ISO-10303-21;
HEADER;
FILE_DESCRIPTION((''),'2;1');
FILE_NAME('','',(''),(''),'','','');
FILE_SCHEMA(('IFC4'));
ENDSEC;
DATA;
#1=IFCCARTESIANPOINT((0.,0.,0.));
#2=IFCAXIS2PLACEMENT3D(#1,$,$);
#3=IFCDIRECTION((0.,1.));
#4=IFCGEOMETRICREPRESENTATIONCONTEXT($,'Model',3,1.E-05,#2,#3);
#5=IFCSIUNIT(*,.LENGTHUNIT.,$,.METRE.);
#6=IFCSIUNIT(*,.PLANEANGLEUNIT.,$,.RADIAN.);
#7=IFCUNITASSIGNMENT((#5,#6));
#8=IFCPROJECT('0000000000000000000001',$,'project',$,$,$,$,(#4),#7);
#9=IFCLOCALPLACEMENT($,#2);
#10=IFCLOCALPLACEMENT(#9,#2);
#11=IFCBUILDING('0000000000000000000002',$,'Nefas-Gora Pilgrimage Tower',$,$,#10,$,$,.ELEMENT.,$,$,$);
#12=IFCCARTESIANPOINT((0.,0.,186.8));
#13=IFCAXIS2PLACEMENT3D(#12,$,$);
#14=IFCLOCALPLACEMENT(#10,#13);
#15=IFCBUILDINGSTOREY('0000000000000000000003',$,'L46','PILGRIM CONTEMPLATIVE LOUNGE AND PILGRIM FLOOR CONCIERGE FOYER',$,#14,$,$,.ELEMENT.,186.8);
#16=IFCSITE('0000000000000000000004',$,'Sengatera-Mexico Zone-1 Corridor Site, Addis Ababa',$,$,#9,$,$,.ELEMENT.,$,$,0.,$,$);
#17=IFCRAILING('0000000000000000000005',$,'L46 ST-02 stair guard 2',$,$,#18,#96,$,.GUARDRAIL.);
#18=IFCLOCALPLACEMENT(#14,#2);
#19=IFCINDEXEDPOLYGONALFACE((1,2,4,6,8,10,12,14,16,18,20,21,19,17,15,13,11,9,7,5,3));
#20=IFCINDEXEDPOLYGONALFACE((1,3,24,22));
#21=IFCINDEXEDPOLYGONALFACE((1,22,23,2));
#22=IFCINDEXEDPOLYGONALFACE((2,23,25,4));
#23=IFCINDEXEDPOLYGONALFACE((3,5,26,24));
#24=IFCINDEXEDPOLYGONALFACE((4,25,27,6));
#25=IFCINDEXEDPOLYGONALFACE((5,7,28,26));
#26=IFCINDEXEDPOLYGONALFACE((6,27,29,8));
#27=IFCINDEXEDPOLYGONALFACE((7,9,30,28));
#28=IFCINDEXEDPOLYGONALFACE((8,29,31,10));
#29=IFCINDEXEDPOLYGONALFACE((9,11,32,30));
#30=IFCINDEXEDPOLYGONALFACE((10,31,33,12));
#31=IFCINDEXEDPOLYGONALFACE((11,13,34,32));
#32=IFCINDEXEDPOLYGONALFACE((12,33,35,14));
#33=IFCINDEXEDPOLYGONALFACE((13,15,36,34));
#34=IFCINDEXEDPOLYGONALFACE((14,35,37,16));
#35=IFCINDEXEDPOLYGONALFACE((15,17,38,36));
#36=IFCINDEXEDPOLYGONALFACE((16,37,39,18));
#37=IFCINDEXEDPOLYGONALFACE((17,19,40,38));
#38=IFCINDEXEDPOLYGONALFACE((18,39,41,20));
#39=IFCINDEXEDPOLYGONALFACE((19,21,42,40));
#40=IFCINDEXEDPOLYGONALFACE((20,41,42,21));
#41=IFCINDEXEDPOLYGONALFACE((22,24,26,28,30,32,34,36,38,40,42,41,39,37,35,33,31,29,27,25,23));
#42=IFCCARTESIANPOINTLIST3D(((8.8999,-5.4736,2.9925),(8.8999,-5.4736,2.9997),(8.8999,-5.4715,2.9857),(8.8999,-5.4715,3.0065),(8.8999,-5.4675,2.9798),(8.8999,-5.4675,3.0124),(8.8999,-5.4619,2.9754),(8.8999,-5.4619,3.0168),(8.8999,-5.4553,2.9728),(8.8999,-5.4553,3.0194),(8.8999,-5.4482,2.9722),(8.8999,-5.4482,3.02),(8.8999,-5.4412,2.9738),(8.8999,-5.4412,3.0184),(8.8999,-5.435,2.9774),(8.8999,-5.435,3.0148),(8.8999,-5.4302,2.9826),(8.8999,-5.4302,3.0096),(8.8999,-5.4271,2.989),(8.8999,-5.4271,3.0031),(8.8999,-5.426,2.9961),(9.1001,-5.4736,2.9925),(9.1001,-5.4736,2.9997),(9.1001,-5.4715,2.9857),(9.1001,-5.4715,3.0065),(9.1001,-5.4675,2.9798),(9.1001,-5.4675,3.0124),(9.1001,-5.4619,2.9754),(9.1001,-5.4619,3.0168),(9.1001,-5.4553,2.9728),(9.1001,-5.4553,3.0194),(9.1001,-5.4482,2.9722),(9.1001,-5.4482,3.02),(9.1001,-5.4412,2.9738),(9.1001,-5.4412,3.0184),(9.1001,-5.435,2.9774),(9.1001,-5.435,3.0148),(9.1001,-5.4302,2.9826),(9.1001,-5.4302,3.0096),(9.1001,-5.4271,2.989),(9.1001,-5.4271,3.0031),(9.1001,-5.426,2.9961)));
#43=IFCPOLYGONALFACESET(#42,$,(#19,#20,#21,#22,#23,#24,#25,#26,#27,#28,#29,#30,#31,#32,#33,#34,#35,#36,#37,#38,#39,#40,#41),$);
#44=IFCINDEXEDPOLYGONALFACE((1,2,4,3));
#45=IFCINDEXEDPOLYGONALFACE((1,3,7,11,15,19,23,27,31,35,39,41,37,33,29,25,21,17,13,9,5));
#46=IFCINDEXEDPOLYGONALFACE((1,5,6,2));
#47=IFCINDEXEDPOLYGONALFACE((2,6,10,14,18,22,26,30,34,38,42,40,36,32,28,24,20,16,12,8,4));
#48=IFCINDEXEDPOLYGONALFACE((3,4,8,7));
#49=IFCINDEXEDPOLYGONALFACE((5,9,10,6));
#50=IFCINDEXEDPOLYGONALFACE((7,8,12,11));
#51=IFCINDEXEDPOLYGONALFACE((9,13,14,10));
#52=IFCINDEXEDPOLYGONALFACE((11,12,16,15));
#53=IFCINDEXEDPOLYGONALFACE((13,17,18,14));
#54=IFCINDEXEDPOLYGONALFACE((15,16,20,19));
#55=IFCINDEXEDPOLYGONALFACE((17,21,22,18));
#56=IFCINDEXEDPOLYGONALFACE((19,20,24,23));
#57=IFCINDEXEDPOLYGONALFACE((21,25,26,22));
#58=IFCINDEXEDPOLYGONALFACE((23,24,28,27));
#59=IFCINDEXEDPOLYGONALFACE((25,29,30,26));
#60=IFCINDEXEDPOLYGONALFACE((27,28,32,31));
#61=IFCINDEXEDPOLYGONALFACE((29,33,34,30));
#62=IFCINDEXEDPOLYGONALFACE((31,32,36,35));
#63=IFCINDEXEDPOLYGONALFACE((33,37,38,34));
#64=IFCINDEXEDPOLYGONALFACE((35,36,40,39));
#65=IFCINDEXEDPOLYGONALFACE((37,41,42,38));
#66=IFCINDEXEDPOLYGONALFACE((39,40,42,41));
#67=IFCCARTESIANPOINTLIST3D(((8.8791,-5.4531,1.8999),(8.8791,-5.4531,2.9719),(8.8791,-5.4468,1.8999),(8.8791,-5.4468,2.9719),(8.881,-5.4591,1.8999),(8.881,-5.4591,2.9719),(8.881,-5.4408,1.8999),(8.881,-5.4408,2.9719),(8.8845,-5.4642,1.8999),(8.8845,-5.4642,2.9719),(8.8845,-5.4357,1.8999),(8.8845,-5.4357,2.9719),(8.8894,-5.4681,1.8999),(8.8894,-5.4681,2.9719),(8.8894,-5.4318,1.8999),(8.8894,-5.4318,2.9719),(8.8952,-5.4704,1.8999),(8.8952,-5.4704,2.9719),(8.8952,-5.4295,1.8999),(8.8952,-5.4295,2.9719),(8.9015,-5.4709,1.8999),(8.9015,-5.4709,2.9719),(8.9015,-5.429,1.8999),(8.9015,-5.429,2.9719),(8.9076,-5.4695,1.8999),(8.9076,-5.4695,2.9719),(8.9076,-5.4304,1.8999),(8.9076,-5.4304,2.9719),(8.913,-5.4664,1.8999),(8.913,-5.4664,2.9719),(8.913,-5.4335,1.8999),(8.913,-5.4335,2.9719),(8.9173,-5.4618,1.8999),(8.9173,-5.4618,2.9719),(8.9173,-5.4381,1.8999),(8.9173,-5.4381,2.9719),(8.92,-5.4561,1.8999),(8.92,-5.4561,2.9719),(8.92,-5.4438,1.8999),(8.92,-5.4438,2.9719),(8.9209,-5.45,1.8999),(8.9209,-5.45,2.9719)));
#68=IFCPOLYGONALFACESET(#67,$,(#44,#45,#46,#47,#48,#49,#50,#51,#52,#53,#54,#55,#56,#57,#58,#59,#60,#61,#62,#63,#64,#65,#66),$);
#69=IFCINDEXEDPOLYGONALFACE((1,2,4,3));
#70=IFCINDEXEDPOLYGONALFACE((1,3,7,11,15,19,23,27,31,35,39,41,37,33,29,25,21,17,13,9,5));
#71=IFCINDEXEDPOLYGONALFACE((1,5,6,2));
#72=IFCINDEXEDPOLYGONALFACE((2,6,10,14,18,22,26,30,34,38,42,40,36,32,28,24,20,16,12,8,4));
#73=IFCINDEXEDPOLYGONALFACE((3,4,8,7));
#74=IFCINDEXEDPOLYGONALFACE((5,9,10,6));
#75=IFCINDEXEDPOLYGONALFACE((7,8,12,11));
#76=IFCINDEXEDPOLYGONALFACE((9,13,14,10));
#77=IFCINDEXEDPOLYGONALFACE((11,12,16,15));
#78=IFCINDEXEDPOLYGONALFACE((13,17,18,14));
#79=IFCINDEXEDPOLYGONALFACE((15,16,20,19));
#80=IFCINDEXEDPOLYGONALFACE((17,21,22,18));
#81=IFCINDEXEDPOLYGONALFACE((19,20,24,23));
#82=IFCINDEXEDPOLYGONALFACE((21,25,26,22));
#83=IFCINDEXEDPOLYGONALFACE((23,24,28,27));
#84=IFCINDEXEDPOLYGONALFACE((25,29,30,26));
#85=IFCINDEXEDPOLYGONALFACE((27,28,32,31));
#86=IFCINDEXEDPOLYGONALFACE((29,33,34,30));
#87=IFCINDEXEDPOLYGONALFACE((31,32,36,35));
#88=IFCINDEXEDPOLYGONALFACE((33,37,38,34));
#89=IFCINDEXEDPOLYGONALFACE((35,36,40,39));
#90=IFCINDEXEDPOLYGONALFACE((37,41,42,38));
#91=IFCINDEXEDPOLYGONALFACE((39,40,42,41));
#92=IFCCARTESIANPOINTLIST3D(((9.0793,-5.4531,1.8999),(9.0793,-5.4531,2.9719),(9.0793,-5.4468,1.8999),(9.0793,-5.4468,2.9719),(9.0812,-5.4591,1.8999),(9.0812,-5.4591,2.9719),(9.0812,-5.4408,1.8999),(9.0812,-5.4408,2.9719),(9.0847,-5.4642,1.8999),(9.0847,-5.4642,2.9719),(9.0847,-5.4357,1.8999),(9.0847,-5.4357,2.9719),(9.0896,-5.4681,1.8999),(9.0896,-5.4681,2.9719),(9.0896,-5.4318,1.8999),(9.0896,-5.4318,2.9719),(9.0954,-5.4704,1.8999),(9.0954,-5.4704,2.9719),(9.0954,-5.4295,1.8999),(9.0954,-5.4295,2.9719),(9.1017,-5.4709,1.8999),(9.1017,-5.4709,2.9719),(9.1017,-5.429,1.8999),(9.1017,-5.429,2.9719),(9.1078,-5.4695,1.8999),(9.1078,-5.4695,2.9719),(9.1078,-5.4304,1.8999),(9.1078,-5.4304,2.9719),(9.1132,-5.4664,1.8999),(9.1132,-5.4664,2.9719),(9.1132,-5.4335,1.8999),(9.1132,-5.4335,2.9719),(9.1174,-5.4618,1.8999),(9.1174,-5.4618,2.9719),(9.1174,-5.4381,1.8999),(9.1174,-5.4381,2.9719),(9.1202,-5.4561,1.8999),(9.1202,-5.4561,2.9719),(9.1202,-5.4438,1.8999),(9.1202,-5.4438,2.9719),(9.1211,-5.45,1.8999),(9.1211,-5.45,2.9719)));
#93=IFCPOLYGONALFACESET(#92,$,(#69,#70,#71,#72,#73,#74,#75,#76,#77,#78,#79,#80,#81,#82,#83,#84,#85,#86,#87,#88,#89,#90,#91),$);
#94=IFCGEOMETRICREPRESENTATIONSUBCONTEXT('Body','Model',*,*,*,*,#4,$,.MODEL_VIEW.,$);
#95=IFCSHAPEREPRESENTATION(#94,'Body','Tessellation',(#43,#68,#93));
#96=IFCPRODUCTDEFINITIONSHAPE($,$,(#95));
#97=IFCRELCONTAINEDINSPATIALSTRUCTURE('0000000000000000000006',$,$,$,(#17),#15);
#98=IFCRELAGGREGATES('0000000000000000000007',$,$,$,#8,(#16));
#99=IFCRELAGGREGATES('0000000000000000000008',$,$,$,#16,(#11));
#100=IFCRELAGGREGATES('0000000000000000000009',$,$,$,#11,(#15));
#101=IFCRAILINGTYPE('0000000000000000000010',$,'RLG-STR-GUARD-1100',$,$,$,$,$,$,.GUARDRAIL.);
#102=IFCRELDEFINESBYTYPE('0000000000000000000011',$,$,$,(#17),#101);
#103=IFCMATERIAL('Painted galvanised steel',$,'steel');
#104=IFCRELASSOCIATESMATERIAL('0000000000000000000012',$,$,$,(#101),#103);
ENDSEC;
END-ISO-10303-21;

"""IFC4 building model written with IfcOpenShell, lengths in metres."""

from ifc_helpers import new_model, si_unit, direction, frame, origin, origin_2d, place, context, subcontext, project, spatial, circle, extrude, material, type_object, element, save


model = new_model("IFC4")

# Units and contexts
model_context = context("Model", 3, precision=1e-05, world=origin(), true_north=direction((0.0, 1.0)))
body_context = subcontext(model_context, "Body", "Model", "MODEL_VIEW")
ifc_project = project(units=[si_unit("LENGTHUNIT", "METRE"), si_unit("PLANEANGLEUNIT", "RADIAN")], contexts=[model_context])

# Site, building, storey
site_placement = place(None, origin())
site = spatial("IfcSite", under=ifc_project, at=site_placement, Name="Sengatera-Mexico Zone-1 Corridor Site, Addis Ababa", CompositionType="ELEMENT", RefElevation=0.0)
building_placement = place(site_placement, origin())
building = spatial("IfcBuilding", under=site, at=building_placement, Name="Nefas-Gora Pilgrimage Tower", CompositionType="ELEMENT")
storey_placement = place(building_placement, frame((0.0, 0.0, 186.8)))
storey = spatial("IfcBuildingStorey", under=building, at=storey_placement, Name="L46", Description="PILGRIM CONTEMPLATIVE LOUNGE AND PILGRIM FLOOR CONCIERGE FOYER", CompositionType="ELEMENT", Elevation=186.8)

# Railing
ifc_material_1 = material(Name="Painted galvanised steel", Category="steel")
railing_type_1 = type_object("IfcRailingType", Name="RLG-STR-GUARD-1100", PredefinedType="GUARDRAIL", material=ifc_material_1)
railing_1_placement = place(storey_placement, frame((8.8999, -5.45, 1.8999)))
element("IfcRailing", 1, at=railing_1_placement, inside=storey, type_object=railing_type_1, Name="L46 ST-02 stair guard 2", PredefinedType="GUARDRAIL", context=body_context, shape_type="SweptSolid", body=[
    extrude(circle(Radius=0.0239, at=origin_2d()), frame((0.0, 0.0, 1.0962), z_axis=(1.0, 0.0, 0.0), x_axis=(0.0, 1.0, 0.0)), (0.0, 0.0, 1.0), 0.2002),
    extrude(circle(Radius=0.021, at=origin_2d()), origin(), (0.0, 0.0, 1.0), 1.072),
    extrude(circle(Radius=0.021, at=origin_2d()), frame((0.2002, 0.0, 0.0)), (0.0, 0.0, 1.0), 1.072),
])

save(model, "model.ifc")
